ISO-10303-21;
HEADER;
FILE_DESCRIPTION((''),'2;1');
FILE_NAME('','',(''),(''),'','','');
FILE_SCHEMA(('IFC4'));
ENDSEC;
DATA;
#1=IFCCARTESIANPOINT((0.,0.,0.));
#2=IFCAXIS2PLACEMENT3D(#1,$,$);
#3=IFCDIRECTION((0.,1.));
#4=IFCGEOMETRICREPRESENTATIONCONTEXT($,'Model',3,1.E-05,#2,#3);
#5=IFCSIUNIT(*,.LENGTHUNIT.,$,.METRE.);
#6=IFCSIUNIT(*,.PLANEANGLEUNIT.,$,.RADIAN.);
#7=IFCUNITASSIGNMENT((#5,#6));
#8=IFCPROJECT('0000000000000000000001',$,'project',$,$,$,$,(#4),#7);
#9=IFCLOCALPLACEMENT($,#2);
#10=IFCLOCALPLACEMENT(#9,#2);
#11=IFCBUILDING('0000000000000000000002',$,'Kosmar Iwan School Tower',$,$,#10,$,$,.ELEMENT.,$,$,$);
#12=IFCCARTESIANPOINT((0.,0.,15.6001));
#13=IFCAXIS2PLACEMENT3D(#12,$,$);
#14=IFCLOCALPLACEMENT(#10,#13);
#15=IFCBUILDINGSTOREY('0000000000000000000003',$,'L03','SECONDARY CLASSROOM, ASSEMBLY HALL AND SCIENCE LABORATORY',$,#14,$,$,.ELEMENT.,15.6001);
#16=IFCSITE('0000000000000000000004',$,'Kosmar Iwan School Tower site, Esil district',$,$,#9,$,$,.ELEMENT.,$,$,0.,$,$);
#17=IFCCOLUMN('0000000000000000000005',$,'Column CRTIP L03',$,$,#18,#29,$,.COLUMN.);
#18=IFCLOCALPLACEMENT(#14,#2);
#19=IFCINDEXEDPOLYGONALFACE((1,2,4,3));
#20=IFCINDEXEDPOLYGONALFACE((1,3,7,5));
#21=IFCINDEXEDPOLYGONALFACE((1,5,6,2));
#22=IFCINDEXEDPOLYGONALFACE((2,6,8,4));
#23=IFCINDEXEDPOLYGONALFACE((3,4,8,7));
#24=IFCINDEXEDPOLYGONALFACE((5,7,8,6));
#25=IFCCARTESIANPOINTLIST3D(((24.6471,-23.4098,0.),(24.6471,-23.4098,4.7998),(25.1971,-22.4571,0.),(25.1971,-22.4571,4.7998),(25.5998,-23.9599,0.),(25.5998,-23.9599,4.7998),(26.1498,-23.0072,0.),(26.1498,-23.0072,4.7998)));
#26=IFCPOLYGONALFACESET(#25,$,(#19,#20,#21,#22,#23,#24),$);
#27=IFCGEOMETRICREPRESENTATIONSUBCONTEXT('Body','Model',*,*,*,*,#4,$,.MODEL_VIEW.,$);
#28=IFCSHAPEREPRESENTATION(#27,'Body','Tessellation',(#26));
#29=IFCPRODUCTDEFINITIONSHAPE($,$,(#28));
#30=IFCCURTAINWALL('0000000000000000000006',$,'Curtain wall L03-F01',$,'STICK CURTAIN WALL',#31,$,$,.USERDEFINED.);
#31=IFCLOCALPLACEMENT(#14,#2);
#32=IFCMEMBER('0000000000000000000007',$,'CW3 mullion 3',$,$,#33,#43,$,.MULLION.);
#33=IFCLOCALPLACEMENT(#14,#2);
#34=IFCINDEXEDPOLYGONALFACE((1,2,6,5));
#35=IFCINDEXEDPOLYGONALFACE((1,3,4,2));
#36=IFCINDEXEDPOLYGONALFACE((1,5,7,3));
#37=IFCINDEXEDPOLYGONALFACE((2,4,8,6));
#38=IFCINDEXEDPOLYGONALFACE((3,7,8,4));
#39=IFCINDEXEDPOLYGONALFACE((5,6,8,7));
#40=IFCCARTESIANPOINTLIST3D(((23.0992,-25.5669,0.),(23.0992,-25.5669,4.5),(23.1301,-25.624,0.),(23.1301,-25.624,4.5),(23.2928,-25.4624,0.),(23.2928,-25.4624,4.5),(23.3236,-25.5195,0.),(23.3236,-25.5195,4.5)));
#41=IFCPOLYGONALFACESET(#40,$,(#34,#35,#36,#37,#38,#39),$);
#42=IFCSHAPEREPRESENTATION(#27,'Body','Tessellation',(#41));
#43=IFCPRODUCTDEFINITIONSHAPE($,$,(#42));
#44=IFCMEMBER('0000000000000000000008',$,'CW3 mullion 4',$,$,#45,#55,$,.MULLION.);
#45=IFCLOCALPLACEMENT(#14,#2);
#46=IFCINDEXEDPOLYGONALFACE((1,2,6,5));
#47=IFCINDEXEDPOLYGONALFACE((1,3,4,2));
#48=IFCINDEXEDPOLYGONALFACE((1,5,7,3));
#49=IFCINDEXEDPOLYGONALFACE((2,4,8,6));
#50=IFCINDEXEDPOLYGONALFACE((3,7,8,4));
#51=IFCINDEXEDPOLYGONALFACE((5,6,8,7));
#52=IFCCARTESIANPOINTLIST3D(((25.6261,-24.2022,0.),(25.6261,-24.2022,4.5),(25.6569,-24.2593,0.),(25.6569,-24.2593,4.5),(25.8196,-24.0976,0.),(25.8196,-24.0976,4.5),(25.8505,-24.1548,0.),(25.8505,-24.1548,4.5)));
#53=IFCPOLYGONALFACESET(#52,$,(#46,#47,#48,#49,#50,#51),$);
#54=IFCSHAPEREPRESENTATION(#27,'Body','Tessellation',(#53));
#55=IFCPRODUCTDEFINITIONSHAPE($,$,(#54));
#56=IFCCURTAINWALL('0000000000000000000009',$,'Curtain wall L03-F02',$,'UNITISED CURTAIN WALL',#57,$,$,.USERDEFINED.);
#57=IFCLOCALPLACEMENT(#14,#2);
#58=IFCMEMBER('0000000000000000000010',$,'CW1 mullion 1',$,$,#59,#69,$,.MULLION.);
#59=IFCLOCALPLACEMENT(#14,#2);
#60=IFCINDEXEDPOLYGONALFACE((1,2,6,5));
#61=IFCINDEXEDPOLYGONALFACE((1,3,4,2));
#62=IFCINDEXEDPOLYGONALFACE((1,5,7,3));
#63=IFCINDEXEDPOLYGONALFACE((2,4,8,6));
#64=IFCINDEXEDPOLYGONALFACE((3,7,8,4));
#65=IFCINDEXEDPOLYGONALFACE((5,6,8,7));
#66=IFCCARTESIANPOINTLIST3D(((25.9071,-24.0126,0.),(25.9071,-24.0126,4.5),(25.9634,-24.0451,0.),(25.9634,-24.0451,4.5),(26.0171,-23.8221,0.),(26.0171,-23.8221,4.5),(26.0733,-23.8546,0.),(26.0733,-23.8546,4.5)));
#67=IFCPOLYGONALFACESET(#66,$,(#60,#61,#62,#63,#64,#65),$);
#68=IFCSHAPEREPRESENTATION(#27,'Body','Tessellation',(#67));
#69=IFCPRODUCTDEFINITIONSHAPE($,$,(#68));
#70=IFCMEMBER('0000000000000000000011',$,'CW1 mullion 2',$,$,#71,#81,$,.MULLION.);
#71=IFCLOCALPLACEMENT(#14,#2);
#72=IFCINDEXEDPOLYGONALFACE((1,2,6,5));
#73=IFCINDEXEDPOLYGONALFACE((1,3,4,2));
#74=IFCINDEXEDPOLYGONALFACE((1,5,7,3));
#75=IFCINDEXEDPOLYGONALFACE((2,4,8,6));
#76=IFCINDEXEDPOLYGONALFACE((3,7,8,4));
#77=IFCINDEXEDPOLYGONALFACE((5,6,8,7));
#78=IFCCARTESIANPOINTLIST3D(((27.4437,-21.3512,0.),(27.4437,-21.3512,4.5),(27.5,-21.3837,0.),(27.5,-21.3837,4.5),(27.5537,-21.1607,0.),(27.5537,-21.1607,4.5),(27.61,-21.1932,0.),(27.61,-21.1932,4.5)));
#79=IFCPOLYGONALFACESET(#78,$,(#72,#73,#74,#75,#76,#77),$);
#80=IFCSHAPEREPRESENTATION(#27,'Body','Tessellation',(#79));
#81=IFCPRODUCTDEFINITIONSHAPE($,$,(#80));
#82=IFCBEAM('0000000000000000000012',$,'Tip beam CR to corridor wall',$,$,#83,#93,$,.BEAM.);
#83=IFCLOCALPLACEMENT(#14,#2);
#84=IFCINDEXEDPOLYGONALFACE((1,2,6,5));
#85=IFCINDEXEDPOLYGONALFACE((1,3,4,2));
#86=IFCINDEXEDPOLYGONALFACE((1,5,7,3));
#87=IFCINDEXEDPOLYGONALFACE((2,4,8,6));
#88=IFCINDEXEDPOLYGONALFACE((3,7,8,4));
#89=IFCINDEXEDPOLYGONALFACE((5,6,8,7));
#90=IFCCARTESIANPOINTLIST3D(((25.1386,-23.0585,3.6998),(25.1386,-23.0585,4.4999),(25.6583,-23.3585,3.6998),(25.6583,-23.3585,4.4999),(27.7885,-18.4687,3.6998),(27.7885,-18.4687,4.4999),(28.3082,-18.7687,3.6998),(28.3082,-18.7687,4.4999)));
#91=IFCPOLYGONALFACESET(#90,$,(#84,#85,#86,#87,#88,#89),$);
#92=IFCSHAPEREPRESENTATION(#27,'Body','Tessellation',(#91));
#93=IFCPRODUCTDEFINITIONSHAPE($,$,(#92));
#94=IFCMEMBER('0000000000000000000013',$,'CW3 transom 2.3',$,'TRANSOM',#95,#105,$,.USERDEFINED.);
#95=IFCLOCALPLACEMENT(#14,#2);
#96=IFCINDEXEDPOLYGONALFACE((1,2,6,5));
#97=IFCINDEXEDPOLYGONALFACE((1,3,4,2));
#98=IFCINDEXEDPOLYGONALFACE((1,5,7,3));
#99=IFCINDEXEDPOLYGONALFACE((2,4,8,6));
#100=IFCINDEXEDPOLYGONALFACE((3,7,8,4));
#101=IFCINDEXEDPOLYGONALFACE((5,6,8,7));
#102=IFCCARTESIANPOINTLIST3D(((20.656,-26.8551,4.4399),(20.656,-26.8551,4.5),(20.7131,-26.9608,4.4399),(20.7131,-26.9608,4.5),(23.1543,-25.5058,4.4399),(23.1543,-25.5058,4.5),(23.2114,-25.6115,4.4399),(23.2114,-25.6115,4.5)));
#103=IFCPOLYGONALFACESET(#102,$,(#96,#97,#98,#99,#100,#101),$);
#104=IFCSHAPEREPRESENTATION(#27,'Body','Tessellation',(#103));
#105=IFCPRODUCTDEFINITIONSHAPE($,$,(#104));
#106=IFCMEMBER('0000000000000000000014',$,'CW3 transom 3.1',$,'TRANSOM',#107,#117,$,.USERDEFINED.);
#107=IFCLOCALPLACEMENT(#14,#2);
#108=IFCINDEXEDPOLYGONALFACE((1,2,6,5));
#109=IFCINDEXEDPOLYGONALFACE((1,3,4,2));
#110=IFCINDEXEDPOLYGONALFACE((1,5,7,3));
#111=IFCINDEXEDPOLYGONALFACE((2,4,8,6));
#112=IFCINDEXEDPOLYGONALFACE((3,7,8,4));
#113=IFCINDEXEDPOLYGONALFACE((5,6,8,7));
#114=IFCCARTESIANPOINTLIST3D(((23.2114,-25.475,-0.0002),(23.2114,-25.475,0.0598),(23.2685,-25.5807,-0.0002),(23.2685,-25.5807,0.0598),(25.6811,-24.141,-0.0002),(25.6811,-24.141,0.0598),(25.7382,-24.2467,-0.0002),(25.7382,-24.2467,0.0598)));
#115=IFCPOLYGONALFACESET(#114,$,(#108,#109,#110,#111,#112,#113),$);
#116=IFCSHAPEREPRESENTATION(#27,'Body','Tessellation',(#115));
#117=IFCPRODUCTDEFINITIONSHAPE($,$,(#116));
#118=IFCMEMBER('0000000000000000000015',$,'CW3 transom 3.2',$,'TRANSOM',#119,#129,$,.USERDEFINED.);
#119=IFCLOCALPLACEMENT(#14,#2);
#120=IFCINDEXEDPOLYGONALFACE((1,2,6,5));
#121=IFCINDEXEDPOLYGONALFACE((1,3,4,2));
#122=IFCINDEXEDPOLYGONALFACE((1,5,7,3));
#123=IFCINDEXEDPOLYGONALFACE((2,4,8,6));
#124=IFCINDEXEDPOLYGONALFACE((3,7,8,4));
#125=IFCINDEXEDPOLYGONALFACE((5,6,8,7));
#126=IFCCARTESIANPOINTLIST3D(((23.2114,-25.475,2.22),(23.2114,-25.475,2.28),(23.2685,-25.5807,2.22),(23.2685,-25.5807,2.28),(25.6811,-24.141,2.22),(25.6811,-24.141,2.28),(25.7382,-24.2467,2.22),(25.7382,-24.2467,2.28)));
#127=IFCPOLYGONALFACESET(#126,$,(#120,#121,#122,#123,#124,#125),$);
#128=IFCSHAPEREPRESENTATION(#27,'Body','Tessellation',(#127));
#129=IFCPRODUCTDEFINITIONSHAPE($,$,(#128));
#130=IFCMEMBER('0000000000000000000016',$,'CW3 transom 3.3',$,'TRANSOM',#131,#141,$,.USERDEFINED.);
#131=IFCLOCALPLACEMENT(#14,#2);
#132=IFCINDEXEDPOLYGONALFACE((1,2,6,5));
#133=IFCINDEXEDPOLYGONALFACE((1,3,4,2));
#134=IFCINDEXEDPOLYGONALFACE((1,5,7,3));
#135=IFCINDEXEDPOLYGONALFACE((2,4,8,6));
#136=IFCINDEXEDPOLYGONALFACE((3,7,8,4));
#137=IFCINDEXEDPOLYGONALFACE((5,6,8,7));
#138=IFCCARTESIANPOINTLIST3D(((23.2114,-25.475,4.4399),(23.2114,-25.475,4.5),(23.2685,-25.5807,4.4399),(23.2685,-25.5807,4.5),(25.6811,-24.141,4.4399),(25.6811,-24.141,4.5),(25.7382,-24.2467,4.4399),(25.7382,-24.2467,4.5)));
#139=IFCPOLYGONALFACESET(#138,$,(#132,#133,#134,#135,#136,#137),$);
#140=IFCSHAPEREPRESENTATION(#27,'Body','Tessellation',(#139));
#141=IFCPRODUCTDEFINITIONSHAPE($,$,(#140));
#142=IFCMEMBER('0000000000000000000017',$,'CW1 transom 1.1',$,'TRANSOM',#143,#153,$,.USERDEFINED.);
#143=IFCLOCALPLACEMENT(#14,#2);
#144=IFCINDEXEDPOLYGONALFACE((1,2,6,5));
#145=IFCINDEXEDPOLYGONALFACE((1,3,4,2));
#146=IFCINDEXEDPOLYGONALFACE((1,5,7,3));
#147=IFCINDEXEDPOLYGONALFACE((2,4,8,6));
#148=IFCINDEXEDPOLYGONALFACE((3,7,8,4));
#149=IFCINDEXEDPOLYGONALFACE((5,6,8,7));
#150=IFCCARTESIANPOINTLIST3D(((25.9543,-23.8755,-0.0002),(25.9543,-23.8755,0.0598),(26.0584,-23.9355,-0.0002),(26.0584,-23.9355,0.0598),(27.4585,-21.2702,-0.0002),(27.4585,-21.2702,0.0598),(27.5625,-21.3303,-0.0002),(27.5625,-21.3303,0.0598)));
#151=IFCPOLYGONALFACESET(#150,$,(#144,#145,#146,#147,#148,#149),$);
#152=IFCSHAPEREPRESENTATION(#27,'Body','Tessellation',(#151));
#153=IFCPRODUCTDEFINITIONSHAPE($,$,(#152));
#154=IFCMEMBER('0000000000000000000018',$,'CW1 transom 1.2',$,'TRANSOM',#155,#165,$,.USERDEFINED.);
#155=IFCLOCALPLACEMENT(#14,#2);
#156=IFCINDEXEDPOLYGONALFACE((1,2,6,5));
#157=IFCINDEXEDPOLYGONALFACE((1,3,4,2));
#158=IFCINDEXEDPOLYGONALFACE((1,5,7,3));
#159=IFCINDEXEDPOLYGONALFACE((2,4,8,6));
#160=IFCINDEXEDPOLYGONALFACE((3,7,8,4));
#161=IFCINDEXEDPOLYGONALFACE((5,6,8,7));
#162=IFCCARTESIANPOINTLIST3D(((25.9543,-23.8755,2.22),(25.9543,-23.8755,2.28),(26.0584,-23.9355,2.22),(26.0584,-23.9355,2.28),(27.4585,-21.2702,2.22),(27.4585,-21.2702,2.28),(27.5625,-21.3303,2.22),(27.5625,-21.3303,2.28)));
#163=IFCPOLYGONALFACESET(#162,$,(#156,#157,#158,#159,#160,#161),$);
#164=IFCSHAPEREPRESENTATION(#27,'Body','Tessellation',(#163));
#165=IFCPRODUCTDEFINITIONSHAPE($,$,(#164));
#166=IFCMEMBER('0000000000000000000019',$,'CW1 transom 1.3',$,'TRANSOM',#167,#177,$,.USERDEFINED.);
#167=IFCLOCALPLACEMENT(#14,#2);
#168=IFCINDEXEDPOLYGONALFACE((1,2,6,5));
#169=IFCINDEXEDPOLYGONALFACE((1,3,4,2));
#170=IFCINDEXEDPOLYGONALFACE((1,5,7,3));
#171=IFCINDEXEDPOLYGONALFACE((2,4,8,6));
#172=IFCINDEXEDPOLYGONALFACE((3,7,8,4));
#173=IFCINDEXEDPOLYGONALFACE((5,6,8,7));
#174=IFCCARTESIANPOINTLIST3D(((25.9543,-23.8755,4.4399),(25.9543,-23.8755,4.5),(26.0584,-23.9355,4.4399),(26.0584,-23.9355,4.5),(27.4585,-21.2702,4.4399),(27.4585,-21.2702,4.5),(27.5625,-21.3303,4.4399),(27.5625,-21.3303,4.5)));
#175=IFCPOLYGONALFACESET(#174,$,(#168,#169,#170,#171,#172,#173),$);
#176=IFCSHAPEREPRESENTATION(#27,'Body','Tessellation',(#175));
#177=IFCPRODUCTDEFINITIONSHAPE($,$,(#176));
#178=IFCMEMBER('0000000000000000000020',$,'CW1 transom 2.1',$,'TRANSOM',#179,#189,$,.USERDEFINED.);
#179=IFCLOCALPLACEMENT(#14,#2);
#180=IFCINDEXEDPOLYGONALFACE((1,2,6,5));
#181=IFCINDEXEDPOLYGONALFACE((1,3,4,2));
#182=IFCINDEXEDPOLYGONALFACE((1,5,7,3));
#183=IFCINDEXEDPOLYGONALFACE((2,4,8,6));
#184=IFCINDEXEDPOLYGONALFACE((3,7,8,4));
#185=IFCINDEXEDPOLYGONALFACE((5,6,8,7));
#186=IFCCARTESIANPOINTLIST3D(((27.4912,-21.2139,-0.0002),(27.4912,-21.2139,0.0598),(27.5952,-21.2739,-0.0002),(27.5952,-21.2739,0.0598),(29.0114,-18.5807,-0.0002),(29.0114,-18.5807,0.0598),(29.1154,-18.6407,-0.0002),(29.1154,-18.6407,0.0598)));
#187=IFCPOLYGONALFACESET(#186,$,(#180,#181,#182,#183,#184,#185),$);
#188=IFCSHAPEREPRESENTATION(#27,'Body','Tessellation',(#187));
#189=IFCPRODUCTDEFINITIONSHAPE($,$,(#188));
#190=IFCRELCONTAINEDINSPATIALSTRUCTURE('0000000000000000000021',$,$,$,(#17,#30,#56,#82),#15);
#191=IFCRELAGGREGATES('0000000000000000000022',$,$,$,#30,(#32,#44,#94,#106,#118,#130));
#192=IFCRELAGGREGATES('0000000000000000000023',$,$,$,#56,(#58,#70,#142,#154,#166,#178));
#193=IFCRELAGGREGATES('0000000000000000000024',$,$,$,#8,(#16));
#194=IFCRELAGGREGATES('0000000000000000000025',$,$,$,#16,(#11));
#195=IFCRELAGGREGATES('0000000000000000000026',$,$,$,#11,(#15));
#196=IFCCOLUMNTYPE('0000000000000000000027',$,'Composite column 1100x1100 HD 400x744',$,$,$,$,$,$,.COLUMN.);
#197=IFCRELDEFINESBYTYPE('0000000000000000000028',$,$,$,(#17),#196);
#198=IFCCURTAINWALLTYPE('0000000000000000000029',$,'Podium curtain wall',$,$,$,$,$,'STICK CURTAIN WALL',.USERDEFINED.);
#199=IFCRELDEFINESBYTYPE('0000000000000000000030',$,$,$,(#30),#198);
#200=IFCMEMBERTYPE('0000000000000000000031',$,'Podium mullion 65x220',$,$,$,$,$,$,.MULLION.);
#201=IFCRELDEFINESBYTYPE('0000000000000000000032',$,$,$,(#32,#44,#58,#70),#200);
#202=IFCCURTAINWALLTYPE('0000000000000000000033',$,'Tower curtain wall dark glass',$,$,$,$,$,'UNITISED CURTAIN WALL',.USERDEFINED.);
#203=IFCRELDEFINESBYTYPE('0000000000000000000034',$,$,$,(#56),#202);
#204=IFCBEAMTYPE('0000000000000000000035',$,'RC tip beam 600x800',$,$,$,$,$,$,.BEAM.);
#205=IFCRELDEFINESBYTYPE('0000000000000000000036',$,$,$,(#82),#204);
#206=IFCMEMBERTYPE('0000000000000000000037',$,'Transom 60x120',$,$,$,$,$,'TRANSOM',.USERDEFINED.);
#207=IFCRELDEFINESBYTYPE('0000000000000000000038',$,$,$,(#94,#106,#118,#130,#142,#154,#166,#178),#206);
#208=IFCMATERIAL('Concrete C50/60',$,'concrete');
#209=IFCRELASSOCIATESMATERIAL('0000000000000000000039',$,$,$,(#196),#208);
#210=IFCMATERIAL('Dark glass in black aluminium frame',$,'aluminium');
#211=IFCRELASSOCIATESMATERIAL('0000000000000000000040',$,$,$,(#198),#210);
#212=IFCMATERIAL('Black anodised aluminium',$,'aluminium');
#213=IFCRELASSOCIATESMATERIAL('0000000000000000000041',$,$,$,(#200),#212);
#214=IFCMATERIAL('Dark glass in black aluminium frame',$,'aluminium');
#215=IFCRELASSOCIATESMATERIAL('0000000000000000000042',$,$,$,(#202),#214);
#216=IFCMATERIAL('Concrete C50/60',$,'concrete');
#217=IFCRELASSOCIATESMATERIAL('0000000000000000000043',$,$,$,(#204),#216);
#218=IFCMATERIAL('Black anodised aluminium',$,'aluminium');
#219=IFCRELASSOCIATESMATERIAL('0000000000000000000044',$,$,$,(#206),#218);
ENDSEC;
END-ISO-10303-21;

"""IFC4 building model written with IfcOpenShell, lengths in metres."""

from ifc_helpers import new_model, si_unit, direction, frame, origin, origin_2d, place, context, subcontext, project, spatial, rectangle, extrude, material, material_profile, profile_set, type_object, element, aggregate, save


model = new_model("IFC4")

# Units and contexts
model_context = context("Model", 3, precision=1e-05, world=origin(), true_north=direction((0.0, 1.0)))
body_context = subcontext(model_context, "Body", "Model", "MODEL_VIEW")
ifc_project = project(units=[si_unit("LENGTHUNIT", "METRE"), si_unit("PLANEANGLEUNIT", "RADIAN")], contexts=[model_context])

# Site, building, storey
site_placement = place(None, origin())
site = spatial("IfcSite", under=ifc_project, at=site_placement, Name="Kosmar Iwan School Tower site, Esil district", CompositionType="ELEMENT", RefElevation=0.0)
building_placement = place(site_placement, origin())
building = spatial("IfcBuilding", under=site, at=building_placement, Name="Kosmar Iwan School Tower", CompositionType="ELEMENT")
storey_placement = place(building_placement, frame((0.0, 0.0, 15.6001)))
storey = spatial("IfcBuildingStorey", under=building, at=storey_placement, Name="L03", Description="SECONDARY CLASSROOM, ASSEMBLY HALL AND SCIENCE LABORATORY", CompositionType="ELEMENT", Elevation=15.6001)

# Column
ifc_material_1 = material(Name="Concrete C50/60", Category="concrete")
ifc_material_profile_1 = material_profile(ifc_material_1, rectangle(XDim=1.1001, YDim=1.1001, at=origin_2d()), Name="RC 1100x1100 + HD 400x744")
ifc_profile_set_1 = profile_set([ifc_material_profile_1], Name="Concrete C50/60")
column_type = type_object("IfcColumnType", Name="Composite column 1100x1100 HD 400x744", PredefinedType="COLUMN", material=ifc_profile_set_1)
column_placement = place(storey_placement, frame((25.3984, -23.2085, 0.0), z_axis=(0.0, 0.0, 1.0), x_axis=(0.866025, -0.5, 0.0)))
element("IfcColumn", 1, at=column_placement, inside=storey, type_object=column_type, Name="Column CRTIP L03", PredefinedType="COLUMN", context=body_context, shape_type="SweptSolid", body=[
    extrude(rectangle(XDim=1.1001, YDim=1.1001, at=origin_2d()), origin(), (0.0, 0.0, 1.0), 4.7998),
])

# Curtain walls, members
ifc_material_2 = material(Name="Dark glass in black aluminium frame", Category="aluminium")
curtain_wall_type_1 = type_object("IfcCurtainWallType", Name="Podium curtain wall", ElementType="STICK CURTAIN WALL", PredefinedType="USERDEFINED", material=ifc_material_2)
curtain_wall_1_placement = place(storey_placement, origin())
curtain_wall_1 = element("IfcCurtainWall", 2, at=curtain_wall_1_placement, inside=storey, type_object=curtain_wall_type_1, Name="Curtain wall L03-F01", ObjectType="STICK CURTAIN WALL", PredefinedType="USERDEFINED")
ifc_material_3 = material(Name="Black anodised aluminium", Category="aluminium")
ifc_material_profile_2 = material_profile(ifc_material_3, rectangle(XDim=0.0649, YDim=0.22, at=origin_2d()), Name="MULLION 65x220")
ifc_profile_set_2 = profile_set([ifc_material_profile_2], Name="Black anodised aluminium")
member_type_1 = type_object("IfcMemberType", Name="Podium mullion 65x220", PredefinedType="MULLION", material=ifc_profile_set_2)
member_1_placement = place(storey_placement, frame((23.2114, -25.5432, 0.0), z_axis=(0.0, 0.0, 1.0), x_axis=(-0.475215, 0.879869, 0.0)))
member_1 = element("IfcMember", 3, at=member_1_placement, type_object=member_type_1, Name="CW3 mullion 3", PredefinedType="MULLION", context=body_context, shape_type="SweptSolid", body=[
    extrude(rectangle(XDim=0.0649, YDim=0.22, at=origin_2d()), origin(), (0.0, 0.0, 1.0), 4.5),
])
member_2_placement = place(storey_placement, frame((25.7383, -24.1785, 0.0), z_axis=(0.0, 0.0, 1.0), x_axis=(-0.475215, 0.879869, 0.0)))
member_2 = element("IfcMember", 4, at=member_2_placement, type_object=member_type_1, Name="CW3 mullion 4", PredefinedType="MULLION", context=body_context, shape_type="SweptSolid", body=[
    extrude(rectangle(XDim=0.0649, YDim=0.22, at=origin_2d()), origin(), (0.0, 0.0, 1.0), 4.5),
])
ifc_material_4 = material(Name="Dark glass in black aluminium frame", Category="aluminium")
curtain_wall_type_2 = type_object("IfcCurtainWallType", Name="Tower curtain wall dark glass", ElementType="UNITISED CURTAIN WALL", PredefinedType="USERDEFINED", material=ifc_material_4)
curtain_wall_2_placement = place(storey_placement, origin())
curtain_wall_2 = element("IfcCurtainWall", 5, at=curtain_wall_2_placement, inside=storey, type_object=curtain_wall_type_2, Name="Curtain wall L03-F02", ObjectType="UNITISED CURTAIN WALL", PredefinedType="USERDEFINED")
member_3_placement = place(storey_placement, frame((25.9902, -23.9336, 0.0), z_axis=(0.0, 0.0, 1.0), x_axis=(-0.866025, 0.5, 0.0)))
member_3 = element("IfcMember", 6, at=member_3_placement, type_object=member_type_1, Name="CW1 mullion 1", PredefinedType="MULLION", context=body_context, shape_type="SweptSolid", body=[
    extrude(rectangle(XDim=0.0649, YDim=0.22, at=origin_2d()), origin(), (0.0, 0.0, 1.0), 4.5),
])
member_4_placement = place(storey_placement, frame((27.5269, -21.2722, 0.0), z_axis=(0.0, 0.0, 1.0), x_axis=(-0.866025, 0.5, 0.0)))
member_4 = element("IfcMember", 7, at=member_4_placement, type_object=member_type_1, Name="CW1 mullion 2", PredefinedType="MULLION", context=body_context, shape_type="SweptSolid", body=[
    extrude(rectangle(XDim=0.0649, YDim=0.22, at=origin_2d()), origin(), (0.0, 0.0, 1.0), 4.5),
])

# Beam
ifc_material_5 = material(Name="Concrete C50/60", Category="concrete")
ifc_material_profile_3 = material_profile(ifc_material_5, rectangle(XDim=0.6001, YDim=0.8, at=origin_2d()), Name="RC 600x800")
ifc_profile_set_3 = profile_set([ifc_material_profile_3], Name="Concrete C50/60")
beam_type = type_object("IfcBeamType", Name="RC tip beam 600x800", PredefinedType="BEAM", material=ifc_profile_set_3)
beam_placement = place(storey_placement, frame((25.3984, -23.2085, 4.0999), z_axis=(0.499994, 0.866029, 0.0), x_axis=(-0.866029, 0.499994, 0.0)))
element("IfcBeam", 8, at=beam_placement, inside=storey, type_object=beam_type, Name="Tip beam CR to corridor wall", PredefinedType="BEAM", context=body_context, shape_type="SweptSolid", body=[
    extrude(rectangle(XDim=0.6001, YDim=0.8, at=origin_2d()), origin(), (0.0, 0.0, 1.0), 5.2998),
])

# Members
ifc_material_6 = material(Name="Black anodised aluminium", Category="aluminium")
ifc_material_profile_4 = material_profile(ifc_material_6, rectangle(XDim=0.1201, YDim=0.0601, at=origin_2d()), Name="TRANSOM 60x120")
ifc_profile_set_4 = profile_set([ifc_material_profile_4], Name="Black anodised aluminium")
member_type_2 = type_object("IfcMemberType", Name="Transom 60x120", ElementType="TRANSOM", PredefinedType="USERDEFINED", material=ifc_profile_set_4)
member_5_placement = place(storey_placement, frame((20.6846, -26.908, 4.47), z_axis=(0.879863, 0.475227, 0.0), x_axis=(-0.475227, 0.879863, 0.0)))
member_5 = element("IfcMember", 9, at=member_5_placement, type_object=member_type_2, Name="CW3 transom 2.3", ObjectType="TRANSOM", PredefinedType="USERDEFINED", context=body_context, shape_type="SweptSolid", body=[
    extrude(rectangle(XDim=0.1201, YDim=0.0601, at=origin_2d()), origin(), (0.0, 0.0, 1.0), 2.8394),
])
member_6_placement = place(storey_placement, frame((23.24, -25.5278, 0.0298), z_axis=(0.879856, 0.47524, 0.0), x_axis=(-0.47524, 0.879856, 0.0)))
member_6 = element("IfcMember", 10, at=member_6_placement, type_object=member_type_2, Name="CW3 transom 3.1", ObjectType="TRANSOM", PredefinedType="USERDEFINED", context=body_context, shape_type="SweptSolid", body=[
    extrude(rectangle(XDim=0.1201, YDim=0.0601, at=origin_2d()), origin(), (0.0, 0.0, 1.0), 2.8069),
])
member_7_placement = place(storey_placement, frame((23.24, -25.5278, 2.25), z_axis=(0.879856, 0.47524, 0.0), x_axis=(-0.47524, 0.879856, 0.0)))
member_7 = element("IfcMember", 11, at=member_7_placement, type_object=member_type_2, Name="CW3 transom 3.2", ObjectType="TRANSOM", PredefinedType="USERDEFINED", context=body_context, shape_type="SweptSolid", body=[
    extrude(rectangle(XDim=0.1201, YDim=0.0601, at=origin_2d()), origin(), (0.0, 0.0, 1.0), 2.8069),
])
member_8_placement = place(storey_placement, frame((23.24, -25.5278, 4.47), z_axis=(0.879856, 0.47524, 0.0), x_axis=(-0.47524, 0.879856, 0.0)))
member_8 = element("IfcMember", 12, at=member_8_placement, type_object=member_type_2, Name="CW3 transom 3.3", ObjectType="TRANSOM", PredefinedType="USERDEFINED", context=body_context, shape_type="SweptSolid", body=[
    extrude(rectangle(XDim=0.1201, YDim=0.0601, at=origin_2d()), origin(), (0.0, 0.0, 1.0), 2.8069),
])
member_9_placement = place(storey_placement, frame((26.0063, -23.9055, 0.0298), z_axis=(0.500006, 0.866022, 0.0), x_axis=(-0.866022, 0.500006, 0.0)))
member_9 = element("IfcMember", 13, at=member_9_placement, type_object=member_type_2, Name="CW1 transom 1.1", ObjectType="TRANSOM", PredefinedType="USERDEFINED", context=body_context, shape_type="SweptSolid", body=[
    extrude(rectangle(XDim=0.1201, YDim=0.0601, at=origin_2d()), origin(), (0.0, 0.0, 1.0), 3.0083),
])
member_10_placement = place(storey_placement, frame((26.0063, -23.9055, 2.25), z_axis=(0.500006, 0.866022, 0.0), x_axis=(-0.866022, 0.500006, 0.0)))
member_10 = element("IfcMember", 14, at=member_10_placement, type_object=member_type_2, Name="CW1 transom 1.2", ObjectType="TRANSOM", PredefinedType="USERDEFINED", context=body_context, shape_type="SweptSolid", body=[
    extrude(rectangle(XDim=0.1201, YDim=0.0601, at=origin_2d()), origin(), (0.0, 0.0, 1.0), 3.0083),
])
member_11_placement = place(storey_placement, frame((26.0063, -23.9055, 4.47), z_axis=(0.500006, 0.866022, 0.0), x_axis=(-0.866022, 0.500006, 0.0)))
member_11 = element("IfcMember", 15, at=member_11_placement, type_object=member_type_2, Name="CW1 transom 1.3", ObjectType="TRANSOM", PredefinedType="USERDEFINED", context=body_context, shape_type="SweptSolid", body=[
    extrude(rectangle(XDim=0.1201, YDim=0.0601, at=origin_2d()), origin(), (0.0, 0.0, 1.0), 3.0083),
])
member_12_placement = place(storey_placement, frame((27.5432, -21.2439, 0.0298), z_axis=(0.499982, 0.866036, 0.0), x_axis=(-0.866036, 0.499982, 0.0)))
member_12 = element("IfcMember", 16, at=member_12_placement, type_object=member_type_2, Name="CW1 transom 2.1", ObjectType="TRANSOM", PredefinedType="USERDEFINED", context=body_context, shape_type="SweptSolid", body=[
    extrude(rectangle(XDim=0.1201, YDim=0.0601, at=origin_2d()), origin(), (0.0, 0.0, 1.0), 3.0405),
])

aggregate(curtain_wall_1, [member_1, member_2, member_5, member_6, member_7, member_8])
aggregate(curtain_wall_2, [member_3, member_4, member_9, member_10, member_11, member_12])

save(model, "model.ifc")
